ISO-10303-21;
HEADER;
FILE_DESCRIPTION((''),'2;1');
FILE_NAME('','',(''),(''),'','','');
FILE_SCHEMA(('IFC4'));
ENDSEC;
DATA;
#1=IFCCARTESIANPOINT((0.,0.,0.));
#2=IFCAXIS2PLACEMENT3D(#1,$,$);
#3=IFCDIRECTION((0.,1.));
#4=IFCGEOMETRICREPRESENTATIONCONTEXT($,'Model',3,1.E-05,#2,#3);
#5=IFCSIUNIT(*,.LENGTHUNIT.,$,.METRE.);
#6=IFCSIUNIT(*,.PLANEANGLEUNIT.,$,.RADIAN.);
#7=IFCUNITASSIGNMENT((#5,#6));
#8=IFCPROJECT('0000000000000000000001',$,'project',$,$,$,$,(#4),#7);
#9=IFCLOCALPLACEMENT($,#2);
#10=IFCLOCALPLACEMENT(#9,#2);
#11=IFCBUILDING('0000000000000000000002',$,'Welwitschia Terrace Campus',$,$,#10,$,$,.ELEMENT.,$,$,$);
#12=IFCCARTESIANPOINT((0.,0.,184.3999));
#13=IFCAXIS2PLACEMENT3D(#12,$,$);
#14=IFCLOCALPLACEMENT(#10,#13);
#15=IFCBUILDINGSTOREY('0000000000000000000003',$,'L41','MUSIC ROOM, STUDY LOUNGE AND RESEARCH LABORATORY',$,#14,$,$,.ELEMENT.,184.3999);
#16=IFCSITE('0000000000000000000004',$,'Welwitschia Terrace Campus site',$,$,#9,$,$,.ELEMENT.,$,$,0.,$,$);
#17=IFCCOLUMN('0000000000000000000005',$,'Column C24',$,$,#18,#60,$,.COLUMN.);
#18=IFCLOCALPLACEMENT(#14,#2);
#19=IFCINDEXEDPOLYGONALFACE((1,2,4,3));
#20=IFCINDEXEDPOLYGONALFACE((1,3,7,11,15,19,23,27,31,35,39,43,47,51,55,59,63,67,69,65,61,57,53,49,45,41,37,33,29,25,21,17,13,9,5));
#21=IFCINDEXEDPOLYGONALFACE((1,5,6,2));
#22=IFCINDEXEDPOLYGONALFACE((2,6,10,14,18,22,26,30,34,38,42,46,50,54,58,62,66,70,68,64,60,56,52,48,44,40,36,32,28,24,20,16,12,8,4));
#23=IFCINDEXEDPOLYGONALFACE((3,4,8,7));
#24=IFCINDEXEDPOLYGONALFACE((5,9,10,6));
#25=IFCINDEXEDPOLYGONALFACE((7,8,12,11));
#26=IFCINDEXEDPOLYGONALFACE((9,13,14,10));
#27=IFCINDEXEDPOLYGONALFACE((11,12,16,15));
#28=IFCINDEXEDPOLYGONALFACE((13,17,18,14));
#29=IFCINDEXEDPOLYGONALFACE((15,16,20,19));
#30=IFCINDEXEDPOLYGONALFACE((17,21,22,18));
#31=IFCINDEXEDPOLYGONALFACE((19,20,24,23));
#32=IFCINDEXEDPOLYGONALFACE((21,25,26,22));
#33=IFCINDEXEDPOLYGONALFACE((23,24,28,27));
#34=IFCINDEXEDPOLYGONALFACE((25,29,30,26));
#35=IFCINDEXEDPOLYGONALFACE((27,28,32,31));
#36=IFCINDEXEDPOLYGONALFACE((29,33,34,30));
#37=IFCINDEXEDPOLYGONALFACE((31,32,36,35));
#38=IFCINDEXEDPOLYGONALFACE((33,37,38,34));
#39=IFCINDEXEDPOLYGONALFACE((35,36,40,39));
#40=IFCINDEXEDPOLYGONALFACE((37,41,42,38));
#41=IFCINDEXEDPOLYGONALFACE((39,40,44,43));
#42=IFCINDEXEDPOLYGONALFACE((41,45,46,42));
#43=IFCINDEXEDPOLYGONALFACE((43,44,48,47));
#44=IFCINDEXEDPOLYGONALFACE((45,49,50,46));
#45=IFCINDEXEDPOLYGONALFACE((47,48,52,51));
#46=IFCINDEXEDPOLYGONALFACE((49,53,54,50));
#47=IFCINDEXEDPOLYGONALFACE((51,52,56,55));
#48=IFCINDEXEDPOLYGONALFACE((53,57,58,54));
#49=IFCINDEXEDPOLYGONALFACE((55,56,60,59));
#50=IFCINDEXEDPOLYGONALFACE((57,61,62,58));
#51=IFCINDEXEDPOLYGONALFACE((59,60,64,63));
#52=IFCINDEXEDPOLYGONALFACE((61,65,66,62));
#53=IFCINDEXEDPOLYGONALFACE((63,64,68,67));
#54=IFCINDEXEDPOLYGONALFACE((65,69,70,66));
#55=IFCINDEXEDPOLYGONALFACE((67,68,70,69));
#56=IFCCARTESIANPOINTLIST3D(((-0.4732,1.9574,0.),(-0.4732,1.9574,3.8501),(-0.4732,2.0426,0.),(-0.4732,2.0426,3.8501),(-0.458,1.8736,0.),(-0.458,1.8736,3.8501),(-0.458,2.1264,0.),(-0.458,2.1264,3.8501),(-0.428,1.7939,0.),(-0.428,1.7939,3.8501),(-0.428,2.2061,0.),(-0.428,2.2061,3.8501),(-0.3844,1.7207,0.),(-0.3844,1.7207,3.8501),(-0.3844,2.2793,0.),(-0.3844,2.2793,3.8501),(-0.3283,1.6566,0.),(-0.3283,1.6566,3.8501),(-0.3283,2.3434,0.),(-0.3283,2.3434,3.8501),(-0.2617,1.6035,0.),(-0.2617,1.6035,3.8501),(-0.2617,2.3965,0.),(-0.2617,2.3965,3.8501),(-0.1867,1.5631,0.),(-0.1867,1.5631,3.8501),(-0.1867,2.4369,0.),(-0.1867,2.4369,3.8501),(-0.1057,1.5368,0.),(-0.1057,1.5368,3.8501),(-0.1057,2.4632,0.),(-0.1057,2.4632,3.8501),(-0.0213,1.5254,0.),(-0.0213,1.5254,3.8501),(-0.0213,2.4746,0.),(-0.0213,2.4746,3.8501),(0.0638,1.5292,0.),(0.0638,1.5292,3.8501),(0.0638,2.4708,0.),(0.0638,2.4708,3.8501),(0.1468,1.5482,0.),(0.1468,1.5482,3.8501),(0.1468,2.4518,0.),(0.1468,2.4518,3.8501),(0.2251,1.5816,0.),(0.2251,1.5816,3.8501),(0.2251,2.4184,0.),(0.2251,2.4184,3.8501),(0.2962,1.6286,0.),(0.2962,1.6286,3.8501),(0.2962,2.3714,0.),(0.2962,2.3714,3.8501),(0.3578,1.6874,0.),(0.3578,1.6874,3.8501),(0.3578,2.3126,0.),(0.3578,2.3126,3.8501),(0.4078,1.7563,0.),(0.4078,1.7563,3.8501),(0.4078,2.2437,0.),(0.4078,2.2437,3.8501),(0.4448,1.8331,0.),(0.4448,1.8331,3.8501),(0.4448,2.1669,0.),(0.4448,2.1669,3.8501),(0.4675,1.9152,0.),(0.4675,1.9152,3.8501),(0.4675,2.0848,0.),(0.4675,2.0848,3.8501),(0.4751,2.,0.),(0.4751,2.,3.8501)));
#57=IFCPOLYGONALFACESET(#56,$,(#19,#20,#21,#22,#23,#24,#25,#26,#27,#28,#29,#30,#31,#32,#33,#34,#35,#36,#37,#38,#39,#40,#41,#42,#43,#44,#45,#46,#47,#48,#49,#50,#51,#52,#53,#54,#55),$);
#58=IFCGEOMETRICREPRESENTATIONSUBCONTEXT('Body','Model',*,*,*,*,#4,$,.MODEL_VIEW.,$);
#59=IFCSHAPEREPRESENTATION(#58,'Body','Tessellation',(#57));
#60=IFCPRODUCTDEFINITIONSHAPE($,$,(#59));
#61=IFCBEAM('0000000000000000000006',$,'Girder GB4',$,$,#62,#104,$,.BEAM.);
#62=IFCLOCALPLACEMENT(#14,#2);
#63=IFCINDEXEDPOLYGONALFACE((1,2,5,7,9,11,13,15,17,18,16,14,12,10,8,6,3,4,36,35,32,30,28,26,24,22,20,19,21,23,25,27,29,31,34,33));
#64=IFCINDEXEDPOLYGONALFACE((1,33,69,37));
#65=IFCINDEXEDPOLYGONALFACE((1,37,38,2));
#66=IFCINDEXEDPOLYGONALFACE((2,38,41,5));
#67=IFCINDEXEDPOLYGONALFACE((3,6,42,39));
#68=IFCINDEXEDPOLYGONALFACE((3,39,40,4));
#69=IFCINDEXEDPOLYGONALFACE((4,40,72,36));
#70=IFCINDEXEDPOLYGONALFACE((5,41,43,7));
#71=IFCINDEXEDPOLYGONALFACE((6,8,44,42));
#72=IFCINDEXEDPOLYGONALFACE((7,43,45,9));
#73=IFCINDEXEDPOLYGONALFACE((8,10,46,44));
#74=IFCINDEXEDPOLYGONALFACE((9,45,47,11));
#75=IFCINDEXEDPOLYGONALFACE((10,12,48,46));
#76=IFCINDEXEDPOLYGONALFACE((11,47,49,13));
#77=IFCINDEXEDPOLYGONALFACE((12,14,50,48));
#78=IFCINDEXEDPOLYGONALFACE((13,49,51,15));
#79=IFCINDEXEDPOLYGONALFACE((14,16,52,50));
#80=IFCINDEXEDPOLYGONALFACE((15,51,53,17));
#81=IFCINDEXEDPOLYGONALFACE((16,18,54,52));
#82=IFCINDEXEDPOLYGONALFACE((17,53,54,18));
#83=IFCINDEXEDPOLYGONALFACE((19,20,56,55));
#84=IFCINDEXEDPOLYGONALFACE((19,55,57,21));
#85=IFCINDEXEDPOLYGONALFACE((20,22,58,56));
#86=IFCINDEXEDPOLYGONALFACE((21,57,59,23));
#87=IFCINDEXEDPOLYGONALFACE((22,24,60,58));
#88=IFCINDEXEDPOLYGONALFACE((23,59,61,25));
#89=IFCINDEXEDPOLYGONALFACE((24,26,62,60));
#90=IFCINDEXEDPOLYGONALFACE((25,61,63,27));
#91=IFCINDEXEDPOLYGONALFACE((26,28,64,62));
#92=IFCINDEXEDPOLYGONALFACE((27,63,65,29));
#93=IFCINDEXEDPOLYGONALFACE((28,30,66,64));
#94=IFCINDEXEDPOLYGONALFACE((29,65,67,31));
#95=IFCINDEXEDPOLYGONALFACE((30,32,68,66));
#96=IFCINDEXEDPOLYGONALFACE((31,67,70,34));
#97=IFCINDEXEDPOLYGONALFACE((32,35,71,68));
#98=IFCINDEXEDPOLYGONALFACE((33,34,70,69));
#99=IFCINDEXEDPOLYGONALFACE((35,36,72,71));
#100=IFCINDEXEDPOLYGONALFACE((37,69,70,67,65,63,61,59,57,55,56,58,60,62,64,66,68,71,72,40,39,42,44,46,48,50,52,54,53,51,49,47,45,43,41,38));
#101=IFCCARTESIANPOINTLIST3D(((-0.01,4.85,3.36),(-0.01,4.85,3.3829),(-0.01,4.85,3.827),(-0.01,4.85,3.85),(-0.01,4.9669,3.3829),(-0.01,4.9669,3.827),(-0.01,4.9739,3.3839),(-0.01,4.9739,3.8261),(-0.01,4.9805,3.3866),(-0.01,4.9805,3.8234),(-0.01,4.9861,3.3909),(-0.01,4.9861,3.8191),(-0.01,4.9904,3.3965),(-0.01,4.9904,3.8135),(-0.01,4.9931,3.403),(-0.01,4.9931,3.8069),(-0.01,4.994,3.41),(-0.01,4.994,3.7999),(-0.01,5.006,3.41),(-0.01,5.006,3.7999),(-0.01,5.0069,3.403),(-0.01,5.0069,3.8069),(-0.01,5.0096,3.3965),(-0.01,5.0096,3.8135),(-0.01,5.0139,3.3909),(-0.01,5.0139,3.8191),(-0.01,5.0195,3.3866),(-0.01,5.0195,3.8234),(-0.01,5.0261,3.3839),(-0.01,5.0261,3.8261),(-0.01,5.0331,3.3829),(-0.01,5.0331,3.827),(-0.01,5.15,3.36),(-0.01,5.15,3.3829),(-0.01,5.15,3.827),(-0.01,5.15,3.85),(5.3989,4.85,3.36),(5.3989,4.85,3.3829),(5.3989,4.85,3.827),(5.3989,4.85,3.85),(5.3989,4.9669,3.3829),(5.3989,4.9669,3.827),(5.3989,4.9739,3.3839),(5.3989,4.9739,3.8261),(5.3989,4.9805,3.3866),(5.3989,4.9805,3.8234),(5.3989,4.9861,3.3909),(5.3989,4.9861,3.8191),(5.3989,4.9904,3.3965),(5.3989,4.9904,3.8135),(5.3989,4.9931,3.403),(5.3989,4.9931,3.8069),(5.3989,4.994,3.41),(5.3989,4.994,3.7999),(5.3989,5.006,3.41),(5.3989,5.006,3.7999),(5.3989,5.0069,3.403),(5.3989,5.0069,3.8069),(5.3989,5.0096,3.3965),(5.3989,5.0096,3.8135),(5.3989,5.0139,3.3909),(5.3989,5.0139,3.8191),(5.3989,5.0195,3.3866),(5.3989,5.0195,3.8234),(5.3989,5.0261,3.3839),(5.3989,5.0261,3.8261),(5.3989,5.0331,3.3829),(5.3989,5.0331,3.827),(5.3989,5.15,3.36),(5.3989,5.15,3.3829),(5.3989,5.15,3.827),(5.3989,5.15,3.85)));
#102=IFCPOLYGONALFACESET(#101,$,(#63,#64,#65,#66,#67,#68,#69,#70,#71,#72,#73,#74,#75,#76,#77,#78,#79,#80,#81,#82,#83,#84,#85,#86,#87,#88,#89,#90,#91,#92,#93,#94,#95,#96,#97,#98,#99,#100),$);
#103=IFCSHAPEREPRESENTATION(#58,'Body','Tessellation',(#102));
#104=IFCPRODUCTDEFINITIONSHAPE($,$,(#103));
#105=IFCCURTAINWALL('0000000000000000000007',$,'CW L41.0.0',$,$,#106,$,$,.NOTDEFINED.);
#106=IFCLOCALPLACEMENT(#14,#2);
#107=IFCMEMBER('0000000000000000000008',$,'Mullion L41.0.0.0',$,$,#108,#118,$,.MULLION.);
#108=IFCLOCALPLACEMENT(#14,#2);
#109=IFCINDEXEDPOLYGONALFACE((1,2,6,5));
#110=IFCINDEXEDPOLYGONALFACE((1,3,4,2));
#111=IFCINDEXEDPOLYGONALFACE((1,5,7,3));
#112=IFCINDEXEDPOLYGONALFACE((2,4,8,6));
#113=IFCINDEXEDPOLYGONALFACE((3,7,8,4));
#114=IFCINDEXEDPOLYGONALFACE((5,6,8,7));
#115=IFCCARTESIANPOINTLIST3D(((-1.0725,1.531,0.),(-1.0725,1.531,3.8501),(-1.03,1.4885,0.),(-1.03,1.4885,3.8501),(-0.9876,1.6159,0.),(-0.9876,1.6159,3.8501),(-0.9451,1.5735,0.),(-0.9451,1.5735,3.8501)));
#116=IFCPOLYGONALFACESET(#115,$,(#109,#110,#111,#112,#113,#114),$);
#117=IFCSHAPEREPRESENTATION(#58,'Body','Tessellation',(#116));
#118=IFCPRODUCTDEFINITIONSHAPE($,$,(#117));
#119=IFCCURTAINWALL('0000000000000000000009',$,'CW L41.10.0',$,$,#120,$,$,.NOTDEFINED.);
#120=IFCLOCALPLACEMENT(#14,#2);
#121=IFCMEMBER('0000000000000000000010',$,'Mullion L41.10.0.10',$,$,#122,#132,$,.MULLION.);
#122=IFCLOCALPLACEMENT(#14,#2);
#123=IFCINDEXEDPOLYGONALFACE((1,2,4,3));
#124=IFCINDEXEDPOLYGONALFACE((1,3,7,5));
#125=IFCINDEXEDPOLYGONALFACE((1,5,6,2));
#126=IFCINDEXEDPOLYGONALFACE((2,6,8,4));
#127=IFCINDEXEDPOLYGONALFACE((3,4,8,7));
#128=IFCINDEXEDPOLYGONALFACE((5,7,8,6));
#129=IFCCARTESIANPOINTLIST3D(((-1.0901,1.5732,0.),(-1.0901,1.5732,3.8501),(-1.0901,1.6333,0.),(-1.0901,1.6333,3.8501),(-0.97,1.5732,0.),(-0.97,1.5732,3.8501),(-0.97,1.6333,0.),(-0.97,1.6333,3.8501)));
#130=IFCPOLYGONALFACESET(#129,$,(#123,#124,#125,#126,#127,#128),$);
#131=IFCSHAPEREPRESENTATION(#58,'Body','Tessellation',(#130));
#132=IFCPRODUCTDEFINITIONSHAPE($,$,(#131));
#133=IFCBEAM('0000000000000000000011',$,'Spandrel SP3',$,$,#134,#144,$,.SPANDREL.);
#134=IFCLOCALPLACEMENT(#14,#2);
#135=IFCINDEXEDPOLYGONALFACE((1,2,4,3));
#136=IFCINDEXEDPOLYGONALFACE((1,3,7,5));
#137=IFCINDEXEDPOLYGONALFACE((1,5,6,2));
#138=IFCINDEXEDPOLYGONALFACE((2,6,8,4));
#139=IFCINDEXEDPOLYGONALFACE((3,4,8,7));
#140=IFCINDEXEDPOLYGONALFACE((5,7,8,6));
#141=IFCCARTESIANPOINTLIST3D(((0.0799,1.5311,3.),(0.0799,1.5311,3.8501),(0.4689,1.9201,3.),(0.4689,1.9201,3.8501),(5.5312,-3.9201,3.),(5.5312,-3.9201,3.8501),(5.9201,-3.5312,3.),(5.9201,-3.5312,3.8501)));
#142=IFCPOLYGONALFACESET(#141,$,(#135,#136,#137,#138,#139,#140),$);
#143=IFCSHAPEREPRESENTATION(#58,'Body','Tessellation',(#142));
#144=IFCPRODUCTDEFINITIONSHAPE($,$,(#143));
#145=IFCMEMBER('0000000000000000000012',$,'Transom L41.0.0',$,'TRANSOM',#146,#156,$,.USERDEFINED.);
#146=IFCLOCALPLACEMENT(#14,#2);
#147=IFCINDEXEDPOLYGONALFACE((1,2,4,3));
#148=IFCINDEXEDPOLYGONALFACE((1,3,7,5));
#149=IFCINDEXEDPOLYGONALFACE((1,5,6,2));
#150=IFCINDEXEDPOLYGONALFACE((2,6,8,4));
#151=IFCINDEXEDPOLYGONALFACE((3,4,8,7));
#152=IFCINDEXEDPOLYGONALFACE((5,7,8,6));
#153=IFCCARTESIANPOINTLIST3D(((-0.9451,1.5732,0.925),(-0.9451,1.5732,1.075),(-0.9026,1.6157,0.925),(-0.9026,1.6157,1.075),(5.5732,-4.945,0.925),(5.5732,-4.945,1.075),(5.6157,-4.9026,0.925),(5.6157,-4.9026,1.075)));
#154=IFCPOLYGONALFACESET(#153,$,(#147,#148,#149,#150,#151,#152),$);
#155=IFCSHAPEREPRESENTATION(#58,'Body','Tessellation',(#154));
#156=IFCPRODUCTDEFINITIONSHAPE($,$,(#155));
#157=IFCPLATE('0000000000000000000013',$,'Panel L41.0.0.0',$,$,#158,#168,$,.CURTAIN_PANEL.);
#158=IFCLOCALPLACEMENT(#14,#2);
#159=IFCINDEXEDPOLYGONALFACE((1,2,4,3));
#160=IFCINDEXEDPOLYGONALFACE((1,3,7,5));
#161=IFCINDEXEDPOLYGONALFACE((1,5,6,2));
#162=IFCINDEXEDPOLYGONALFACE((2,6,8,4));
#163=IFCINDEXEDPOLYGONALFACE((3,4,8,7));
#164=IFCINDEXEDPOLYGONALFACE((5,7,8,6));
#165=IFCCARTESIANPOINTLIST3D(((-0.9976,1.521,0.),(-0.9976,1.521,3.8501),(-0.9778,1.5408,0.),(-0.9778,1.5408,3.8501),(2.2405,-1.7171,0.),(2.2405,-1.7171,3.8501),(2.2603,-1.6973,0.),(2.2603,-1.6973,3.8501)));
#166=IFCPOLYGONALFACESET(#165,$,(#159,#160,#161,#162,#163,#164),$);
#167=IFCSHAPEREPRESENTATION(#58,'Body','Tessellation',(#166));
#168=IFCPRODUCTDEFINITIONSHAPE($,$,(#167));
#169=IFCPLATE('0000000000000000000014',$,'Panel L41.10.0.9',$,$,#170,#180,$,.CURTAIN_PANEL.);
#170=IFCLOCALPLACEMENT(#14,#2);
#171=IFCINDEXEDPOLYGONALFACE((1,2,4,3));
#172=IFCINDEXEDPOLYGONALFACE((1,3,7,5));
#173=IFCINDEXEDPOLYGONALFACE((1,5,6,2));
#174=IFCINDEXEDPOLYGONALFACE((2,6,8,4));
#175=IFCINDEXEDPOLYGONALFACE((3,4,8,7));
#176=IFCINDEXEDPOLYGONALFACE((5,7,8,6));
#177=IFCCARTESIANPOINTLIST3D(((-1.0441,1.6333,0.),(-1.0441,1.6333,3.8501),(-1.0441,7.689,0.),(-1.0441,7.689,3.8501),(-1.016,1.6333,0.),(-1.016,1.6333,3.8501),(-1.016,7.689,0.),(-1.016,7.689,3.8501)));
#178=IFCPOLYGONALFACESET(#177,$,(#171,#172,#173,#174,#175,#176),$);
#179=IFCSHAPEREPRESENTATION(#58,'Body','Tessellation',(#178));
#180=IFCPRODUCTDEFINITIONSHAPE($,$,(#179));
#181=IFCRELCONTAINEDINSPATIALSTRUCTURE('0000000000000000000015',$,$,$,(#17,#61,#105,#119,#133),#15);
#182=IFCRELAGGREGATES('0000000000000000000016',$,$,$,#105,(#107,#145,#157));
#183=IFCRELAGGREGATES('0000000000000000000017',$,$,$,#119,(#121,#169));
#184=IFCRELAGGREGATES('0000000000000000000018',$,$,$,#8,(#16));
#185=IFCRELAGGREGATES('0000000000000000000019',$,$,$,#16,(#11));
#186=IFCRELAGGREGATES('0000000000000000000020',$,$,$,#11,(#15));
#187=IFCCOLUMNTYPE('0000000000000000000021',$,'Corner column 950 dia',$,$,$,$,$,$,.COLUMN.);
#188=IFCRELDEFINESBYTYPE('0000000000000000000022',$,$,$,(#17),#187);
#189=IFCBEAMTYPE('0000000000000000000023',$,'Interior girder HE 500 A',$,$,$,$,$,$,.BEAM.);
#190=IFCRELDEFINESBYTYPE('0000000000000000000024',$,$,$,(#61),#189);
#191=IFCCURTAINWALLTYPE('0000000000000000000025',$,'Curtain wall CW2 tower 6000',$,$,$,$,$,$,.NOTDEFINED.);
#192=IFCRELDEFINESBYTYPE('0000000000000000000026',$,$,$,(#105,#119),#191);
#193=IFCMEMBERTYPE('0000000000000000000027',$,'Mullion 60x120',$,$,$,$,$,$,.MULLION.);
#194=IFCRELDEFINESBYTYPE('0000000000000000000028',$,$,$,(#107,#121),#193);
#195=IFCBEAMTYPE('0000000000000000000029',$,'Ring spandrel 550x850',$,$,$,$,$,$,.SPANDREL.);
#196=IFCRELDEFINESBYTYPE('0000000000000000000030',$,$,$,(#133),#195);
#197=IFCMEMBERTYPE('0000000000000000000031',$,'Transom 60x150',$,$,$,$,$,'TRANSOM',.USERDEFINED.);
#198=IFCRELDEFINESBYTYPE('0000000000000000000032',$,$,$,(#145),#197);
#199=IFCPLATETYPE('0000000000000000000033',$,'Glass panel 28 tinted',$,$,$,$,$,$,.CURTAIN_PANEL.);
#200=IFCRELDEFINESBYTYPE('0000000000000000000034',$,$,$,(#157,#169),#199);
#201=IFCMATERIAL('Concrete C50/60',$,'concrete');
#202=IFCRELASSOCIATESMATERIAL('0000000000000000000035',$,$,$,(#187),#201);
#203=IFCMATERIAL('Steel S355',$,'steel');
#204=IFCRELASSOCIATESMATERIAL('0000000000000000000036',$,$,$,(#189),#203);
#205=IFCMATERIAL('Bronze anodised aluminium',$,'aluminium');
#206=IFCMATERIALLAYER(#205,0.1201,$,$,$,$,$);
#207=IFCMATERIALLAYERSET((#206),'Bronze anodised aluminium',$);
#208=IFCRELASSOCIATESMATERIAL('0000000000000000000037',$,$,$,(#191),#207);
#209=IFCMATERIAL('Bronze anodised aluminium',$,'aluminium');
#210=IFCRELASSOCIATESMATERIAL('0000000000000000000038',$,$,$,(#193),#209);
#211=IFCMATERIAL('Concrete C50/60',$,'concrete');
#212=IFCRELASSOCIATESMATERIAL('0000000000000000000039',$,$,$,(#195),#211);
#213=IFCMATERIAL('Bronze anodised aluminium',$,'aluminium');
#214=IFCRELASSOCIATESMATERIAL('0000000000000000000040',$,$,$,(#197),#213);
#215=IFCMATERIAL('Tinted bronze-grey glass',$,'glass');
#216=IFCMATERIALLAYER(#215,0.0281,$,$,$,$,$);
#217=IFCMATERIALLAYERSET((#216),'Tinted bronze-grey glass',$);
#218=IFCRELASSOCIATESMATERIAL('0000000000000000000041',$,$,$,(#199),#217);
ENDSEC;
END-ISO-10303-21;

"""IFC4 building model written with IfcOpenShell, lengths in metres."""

from ifc_helpers import new_model, si_unit, direction, frame, origin, origin_2d, place, context, subcontext, project, spatial, rectangle, circle, i_section, extrude, material, layer, layer_set, material_profile, profile_set, type_object, element, aggregate, save


model = new_model("IFC4")

# Units and contexts
model_context = context("Model", 3, precision=1e-05, world=origin(), true_north=direction((0.0, 1.0)))
body_context = subcontext(model_context, "Body", "Model", "MODEL_VIEW")
ifc_project = project(units=[si_unit("LENGTHUNIT", "METRE"), si_unit("PLANEANGLEUNIT", "RADIAN")], contexts=[model_context])

# Site, building, storey
site_placement = place(None, origin())
site = spatial("IfcSite", under=ifc_project, at=site_placement, Name="Welwitschia Terrace Campus site", CompositionType="ELEMENT", RefElevation=0.0)
building_placement = place(site_placement, origin())
building = spatial("IfcBuilding", under=site, at=building_placement, Name="Welwitschia Terrace Campus", CompositionType="ELEMENT")
storey_placement = place(building_placement, frame((0.0, 0.0, 184.3999)))
storey = spatial("IfcBuildingStorey", under=building, at=storey_placement, Name="L41", Description="MUSIC ROOM, STUDY LOUNGE AND RESEARCH LABORATORY", CompositionType="ELEMENT", Elevation=184.3999)

# Column
ifc_material_1 = material(Name="Concrete C50/60", Category="concrete")
ifc_material_profile_1 = material_profile(ifc_material_1, circle(Radius=0.4751, at=origin_2d()))
ifc_profile_set_1 = profile_set([ifc_material_profile_1], Name="Concrete C50/60")
column_type = type_object("IfcColumnType", Name="Corner column 950 dia", PredefinedType="COLUMN", material=ifc_profile_set_1)
column_placement = place(storey_placement, frame((0.0, 2.0, 0.0), z_axis=(0.0, 0.0, 1.0), x_axis=(1.0, 0.0, 0.0)))
element("IfcColumn", 1, at=column_placement, inside=storey, type_object=column_type, Name="Column C24", PredefinedType="COLUMN", context=body_context, shape_type="SweptSolid", body=[
    extrude(circle(Radius=0.4751, at=origin_2d()), origin(), (0.0, 0.0, 1.0), 3.8501),
])

# Beam
ifc_material_2 = material(Name="Steel S355", Category="steel")
ifc_material_profile_2 = material_profile(ifc_material_2, i_section(OverallWidth=0.3, OverallDepth=0.49, WebThickness=0.012, FlangeThickness=0.0229, FilletRadius=0.0271, at=origin_2d()))
ifc_profile_set_2 = profile_set([ifc_material_profile_2], Name="Steel S355")
beam_type_1 = type_object("IfcBeamType", Name="Interior girder HE 500 A", PredefinedType="BEAM", material=ifc_profile_set_2)
beam_1_placement = place(storey_placement, frame((-0.01, 5.0, 3.605), z_axis=(1.0, 0.0, 0.0), x_axis=(0.0, 1.0, 0.0)))
element("IfcBeam", 2, at=beam_1_placement, inside=storey, type_object=beam_type_1, Name="Girder GB4", PredefinedType="BEAM", context=body_context, shape_type="SweptSolid", body=[
    extrude(i_section(OverallWidth=0.3, OverallDepth=0.49, WebThickness=0.012, FlangeThickness=0.0229, FilletRadius=0.0271, at=origin_2d()), origin(), (0.0, 0.0, 1.0), 5.4089),
])

# Curtain walls, members
ifc_material_3 = material(Name="Bronze anodised aluminium", Category="aluminium")
ifc_layer_1 = layer(ifc_material_3, 0.1201)
ifc_layer_set_1 = layer_set([ifc_layer_1], Name="Bronze anodised aluminium")
curtain_wall_type = type_object("IfcCurtainWallType", Name="Curtain wall CW2 tower 6000", PredefinedType="NOTDEFINED", material=ifc_layer_set_1)
curtain_wall_1_placement = place(storey_placement, origin())
curtain_wall_1 = element("IfcCurtainWall", 3, at=curtain_wall_1_placement, inside=storey, type_object=curtain_wall_type, Name="CW L41.0.0", PredefinedType="NOTDEFINED")
ifc_material_4 = material(Name="Bronze anodised aluminium", Category="aluminium")
ifc_material_profile_3 = material_profile(ifc_material_4, rectangle(XDim=0.1201, YDim=0.0601, at=origin_2d()))
ifc_profile_set_3 = profile_set([ifc_material_profile_3], Name="Bronze anodised aluminium")
member_type_1 = type_object("IfcMemberType", Name="Mullion 60x120", PredefinedType="MULLION", material=ifc_profile_set_3)
member_1_placement = place(storey_placement, frame((-1.0088, 1.5522, 0.0), z_axis=(0.0, 0.0, 1.0), x_axis=(0.707107, 0.707107, 0.0)))
member_1 = element("IfcMember", 4, at=member_1_placement, type_object=member_type_1, Name="Mullion L41.0.0.0", PredefinedType="MULLION", context=body_context, shape_type="SweptSolid", body=[
    extrude(rectangle(XDim=0.1201, YDim=0.0601, at=origin_2d()), origin(), (0.0, 0.0, 1.0), 3.8501),
])
curtain_wall_2_placement = place(storey_placement, origin())
curtain_wall_2 = element("IfcCurtainWall", 5, at=curtain_wall_2_placement, inside=storey, type_object=curtain_wall_type, Name="CW L41.10.0", PredefinedType="NOTDEFINED")
member_2_placement = place(storey_placement, frame((-1.03, 1.6033, 0.0), z_axis=(0.0, 0.0, 1.0), x_axis=(1.0, 0.0, 0.0)))
member_2 = element("IfcMember", 6, at=member_2_placement, type_object=member_type_1, Name="Mullion L41.10.0.10", PredefinedType="MULLION", context=body_context, shape_type="SweptSolid", body=[
    extrude(rectangle(XDim=0.1201, YDim=0.0601, at=origin_2d()), origin(), (0.0, 0.0, 1.0), 3.8501),
])

# Beam
ifc_material_5 = material(Name="Concrete C50/60", Category="concrete")
ifc_material_profile_4 = material_profile(ifc_material_5, rectangle(XDim=0.55, YDim=0.8501, at=origin_2d()))
ifc_profile_set_4 = profile_set([ifc_material_profile_4], Name="Concrete C50/60")
beam_type_2 = type_object("IfcBeamType", Name="Ring spandrel 550x850", PredefinedType="SPANDREL", material=ifc_profile_set_4)
beam_2_placement = place(storey_placement, frame((0.2744, 1.7256, 3.425), z_axis=(0.707107, -0.707107, 0.0), x_axis=(0.707107, 0.707107, 0.0)))
element("IfcBeam", 7, at=beam_2_placement, inside=storey, type_object=beam_type_2, Name="Spandrel SP3", PredefinedType="SPANDREL", context=body_context, shape_type="SweptSolid", body=[
    extrude(rectangle(XDim=0.55, YDim=0.8501, at=origin_2d()), origin(), (0.0, 0.0, 1.0), 7.7092),
])

# Member
ifc_material_6 = material(Name="Bronze anodised aluminium", Category="aluminium")
ifc_material_profile_5 = material_profile(ifc_material_6, rectangle(XDim=0.0601, YDim=0.1499, at=origin_2d()))
ifc_profile_set_5 = profile_set([ifc_material_profile_5], Name="Bronze anodised aluminium")
member_type_2 = type_object("IfcMemberType", Name="Transom 60x150", ElementType="TRANSOM", PredefinedType="USERDEFINED", material=ifc_profile_set_5)
member_3_placement = place(storey_placement, frame((-0.9238, 1.5945, 1.0), z_axis=(0.707107, -0.707107, 0.0), x_axis=(0.707107, 0.707107, 0.0)))
member_3 = element("IfcMember", 8, at=member_3_placement, type_object=member_type_2, Name="Transom L41.0.0", ObjectType="TRANSOM", PredefinedType="USERDEFINED", context=body_context, shape_type="SweptSolid", body=[
    extrude(rectangle(XDim=0.0601, YDim=0.1499, at=origin_2d()), origin(), (0.0, 0.0, 1.0), 9.2183),
])

# Plates
ifc_material_7 = material(Name="Tinted bronze-grey glass", Category="glass")
ifc_layer_2 = layer(ifc_material_7, 0.0281)
ifc_layer_set_2 = layer_set([ifc_layer_2], Name="Tinted bronze-grey glass")
plate_type = type_object("IfcPlateType", Name="Glass panel 28 tinted", PredefinedType="CURTAIN_PANEL", material=ifc_layer_set_2)
plate_1_placement = place(storey_placement, frame((0.6313, -0.0881, 0.0), z_axis=(0.0, 0.0, 1.0), x_axis=(0.707107, -0.707107, 0.0)))
plate_1 = element("IfcPlate", 9, at=plate_1_placement, type_object=plate_type, Name="Panel L41.0.0.0", PredefinedType="CURTAIN_PANEL", context=body_context, shape_type="SweptSolid", body=[
    extrude(rectangle(XDim=4.5793, YDim=0.0281, at=origin_2d()), origin(), (0.0, 0.0, 1.0), 3.8501),
])
aggregate(curtain_wall_1, [member_1, member_3, plate_1])
plate_2_placement = place(storey_placement, frame((-1.03, 4.6611, 0.0), z_axis=(0.0, 0.0, 1.0), x_axis=(0.0, -1.0, 0.0)))
plate_2 = element("IfcPlate", 10, at=plate_2_placement, type_object=plate_type, Name="Panel L41.10.0.9", PredefinedType="CURTAIN_PANEL", context=body_context, shape_type="SweptSolid", body=[
    extrude(rectangle(XDim=6.0557, YDim=0.0281, at=origin_2d()), origin(), (0.0, 0.0, 1.0), 3.8501),
])
aggregate(curtain_wall_2, [member_2, plate_2])

save(model, "model.ifc")
